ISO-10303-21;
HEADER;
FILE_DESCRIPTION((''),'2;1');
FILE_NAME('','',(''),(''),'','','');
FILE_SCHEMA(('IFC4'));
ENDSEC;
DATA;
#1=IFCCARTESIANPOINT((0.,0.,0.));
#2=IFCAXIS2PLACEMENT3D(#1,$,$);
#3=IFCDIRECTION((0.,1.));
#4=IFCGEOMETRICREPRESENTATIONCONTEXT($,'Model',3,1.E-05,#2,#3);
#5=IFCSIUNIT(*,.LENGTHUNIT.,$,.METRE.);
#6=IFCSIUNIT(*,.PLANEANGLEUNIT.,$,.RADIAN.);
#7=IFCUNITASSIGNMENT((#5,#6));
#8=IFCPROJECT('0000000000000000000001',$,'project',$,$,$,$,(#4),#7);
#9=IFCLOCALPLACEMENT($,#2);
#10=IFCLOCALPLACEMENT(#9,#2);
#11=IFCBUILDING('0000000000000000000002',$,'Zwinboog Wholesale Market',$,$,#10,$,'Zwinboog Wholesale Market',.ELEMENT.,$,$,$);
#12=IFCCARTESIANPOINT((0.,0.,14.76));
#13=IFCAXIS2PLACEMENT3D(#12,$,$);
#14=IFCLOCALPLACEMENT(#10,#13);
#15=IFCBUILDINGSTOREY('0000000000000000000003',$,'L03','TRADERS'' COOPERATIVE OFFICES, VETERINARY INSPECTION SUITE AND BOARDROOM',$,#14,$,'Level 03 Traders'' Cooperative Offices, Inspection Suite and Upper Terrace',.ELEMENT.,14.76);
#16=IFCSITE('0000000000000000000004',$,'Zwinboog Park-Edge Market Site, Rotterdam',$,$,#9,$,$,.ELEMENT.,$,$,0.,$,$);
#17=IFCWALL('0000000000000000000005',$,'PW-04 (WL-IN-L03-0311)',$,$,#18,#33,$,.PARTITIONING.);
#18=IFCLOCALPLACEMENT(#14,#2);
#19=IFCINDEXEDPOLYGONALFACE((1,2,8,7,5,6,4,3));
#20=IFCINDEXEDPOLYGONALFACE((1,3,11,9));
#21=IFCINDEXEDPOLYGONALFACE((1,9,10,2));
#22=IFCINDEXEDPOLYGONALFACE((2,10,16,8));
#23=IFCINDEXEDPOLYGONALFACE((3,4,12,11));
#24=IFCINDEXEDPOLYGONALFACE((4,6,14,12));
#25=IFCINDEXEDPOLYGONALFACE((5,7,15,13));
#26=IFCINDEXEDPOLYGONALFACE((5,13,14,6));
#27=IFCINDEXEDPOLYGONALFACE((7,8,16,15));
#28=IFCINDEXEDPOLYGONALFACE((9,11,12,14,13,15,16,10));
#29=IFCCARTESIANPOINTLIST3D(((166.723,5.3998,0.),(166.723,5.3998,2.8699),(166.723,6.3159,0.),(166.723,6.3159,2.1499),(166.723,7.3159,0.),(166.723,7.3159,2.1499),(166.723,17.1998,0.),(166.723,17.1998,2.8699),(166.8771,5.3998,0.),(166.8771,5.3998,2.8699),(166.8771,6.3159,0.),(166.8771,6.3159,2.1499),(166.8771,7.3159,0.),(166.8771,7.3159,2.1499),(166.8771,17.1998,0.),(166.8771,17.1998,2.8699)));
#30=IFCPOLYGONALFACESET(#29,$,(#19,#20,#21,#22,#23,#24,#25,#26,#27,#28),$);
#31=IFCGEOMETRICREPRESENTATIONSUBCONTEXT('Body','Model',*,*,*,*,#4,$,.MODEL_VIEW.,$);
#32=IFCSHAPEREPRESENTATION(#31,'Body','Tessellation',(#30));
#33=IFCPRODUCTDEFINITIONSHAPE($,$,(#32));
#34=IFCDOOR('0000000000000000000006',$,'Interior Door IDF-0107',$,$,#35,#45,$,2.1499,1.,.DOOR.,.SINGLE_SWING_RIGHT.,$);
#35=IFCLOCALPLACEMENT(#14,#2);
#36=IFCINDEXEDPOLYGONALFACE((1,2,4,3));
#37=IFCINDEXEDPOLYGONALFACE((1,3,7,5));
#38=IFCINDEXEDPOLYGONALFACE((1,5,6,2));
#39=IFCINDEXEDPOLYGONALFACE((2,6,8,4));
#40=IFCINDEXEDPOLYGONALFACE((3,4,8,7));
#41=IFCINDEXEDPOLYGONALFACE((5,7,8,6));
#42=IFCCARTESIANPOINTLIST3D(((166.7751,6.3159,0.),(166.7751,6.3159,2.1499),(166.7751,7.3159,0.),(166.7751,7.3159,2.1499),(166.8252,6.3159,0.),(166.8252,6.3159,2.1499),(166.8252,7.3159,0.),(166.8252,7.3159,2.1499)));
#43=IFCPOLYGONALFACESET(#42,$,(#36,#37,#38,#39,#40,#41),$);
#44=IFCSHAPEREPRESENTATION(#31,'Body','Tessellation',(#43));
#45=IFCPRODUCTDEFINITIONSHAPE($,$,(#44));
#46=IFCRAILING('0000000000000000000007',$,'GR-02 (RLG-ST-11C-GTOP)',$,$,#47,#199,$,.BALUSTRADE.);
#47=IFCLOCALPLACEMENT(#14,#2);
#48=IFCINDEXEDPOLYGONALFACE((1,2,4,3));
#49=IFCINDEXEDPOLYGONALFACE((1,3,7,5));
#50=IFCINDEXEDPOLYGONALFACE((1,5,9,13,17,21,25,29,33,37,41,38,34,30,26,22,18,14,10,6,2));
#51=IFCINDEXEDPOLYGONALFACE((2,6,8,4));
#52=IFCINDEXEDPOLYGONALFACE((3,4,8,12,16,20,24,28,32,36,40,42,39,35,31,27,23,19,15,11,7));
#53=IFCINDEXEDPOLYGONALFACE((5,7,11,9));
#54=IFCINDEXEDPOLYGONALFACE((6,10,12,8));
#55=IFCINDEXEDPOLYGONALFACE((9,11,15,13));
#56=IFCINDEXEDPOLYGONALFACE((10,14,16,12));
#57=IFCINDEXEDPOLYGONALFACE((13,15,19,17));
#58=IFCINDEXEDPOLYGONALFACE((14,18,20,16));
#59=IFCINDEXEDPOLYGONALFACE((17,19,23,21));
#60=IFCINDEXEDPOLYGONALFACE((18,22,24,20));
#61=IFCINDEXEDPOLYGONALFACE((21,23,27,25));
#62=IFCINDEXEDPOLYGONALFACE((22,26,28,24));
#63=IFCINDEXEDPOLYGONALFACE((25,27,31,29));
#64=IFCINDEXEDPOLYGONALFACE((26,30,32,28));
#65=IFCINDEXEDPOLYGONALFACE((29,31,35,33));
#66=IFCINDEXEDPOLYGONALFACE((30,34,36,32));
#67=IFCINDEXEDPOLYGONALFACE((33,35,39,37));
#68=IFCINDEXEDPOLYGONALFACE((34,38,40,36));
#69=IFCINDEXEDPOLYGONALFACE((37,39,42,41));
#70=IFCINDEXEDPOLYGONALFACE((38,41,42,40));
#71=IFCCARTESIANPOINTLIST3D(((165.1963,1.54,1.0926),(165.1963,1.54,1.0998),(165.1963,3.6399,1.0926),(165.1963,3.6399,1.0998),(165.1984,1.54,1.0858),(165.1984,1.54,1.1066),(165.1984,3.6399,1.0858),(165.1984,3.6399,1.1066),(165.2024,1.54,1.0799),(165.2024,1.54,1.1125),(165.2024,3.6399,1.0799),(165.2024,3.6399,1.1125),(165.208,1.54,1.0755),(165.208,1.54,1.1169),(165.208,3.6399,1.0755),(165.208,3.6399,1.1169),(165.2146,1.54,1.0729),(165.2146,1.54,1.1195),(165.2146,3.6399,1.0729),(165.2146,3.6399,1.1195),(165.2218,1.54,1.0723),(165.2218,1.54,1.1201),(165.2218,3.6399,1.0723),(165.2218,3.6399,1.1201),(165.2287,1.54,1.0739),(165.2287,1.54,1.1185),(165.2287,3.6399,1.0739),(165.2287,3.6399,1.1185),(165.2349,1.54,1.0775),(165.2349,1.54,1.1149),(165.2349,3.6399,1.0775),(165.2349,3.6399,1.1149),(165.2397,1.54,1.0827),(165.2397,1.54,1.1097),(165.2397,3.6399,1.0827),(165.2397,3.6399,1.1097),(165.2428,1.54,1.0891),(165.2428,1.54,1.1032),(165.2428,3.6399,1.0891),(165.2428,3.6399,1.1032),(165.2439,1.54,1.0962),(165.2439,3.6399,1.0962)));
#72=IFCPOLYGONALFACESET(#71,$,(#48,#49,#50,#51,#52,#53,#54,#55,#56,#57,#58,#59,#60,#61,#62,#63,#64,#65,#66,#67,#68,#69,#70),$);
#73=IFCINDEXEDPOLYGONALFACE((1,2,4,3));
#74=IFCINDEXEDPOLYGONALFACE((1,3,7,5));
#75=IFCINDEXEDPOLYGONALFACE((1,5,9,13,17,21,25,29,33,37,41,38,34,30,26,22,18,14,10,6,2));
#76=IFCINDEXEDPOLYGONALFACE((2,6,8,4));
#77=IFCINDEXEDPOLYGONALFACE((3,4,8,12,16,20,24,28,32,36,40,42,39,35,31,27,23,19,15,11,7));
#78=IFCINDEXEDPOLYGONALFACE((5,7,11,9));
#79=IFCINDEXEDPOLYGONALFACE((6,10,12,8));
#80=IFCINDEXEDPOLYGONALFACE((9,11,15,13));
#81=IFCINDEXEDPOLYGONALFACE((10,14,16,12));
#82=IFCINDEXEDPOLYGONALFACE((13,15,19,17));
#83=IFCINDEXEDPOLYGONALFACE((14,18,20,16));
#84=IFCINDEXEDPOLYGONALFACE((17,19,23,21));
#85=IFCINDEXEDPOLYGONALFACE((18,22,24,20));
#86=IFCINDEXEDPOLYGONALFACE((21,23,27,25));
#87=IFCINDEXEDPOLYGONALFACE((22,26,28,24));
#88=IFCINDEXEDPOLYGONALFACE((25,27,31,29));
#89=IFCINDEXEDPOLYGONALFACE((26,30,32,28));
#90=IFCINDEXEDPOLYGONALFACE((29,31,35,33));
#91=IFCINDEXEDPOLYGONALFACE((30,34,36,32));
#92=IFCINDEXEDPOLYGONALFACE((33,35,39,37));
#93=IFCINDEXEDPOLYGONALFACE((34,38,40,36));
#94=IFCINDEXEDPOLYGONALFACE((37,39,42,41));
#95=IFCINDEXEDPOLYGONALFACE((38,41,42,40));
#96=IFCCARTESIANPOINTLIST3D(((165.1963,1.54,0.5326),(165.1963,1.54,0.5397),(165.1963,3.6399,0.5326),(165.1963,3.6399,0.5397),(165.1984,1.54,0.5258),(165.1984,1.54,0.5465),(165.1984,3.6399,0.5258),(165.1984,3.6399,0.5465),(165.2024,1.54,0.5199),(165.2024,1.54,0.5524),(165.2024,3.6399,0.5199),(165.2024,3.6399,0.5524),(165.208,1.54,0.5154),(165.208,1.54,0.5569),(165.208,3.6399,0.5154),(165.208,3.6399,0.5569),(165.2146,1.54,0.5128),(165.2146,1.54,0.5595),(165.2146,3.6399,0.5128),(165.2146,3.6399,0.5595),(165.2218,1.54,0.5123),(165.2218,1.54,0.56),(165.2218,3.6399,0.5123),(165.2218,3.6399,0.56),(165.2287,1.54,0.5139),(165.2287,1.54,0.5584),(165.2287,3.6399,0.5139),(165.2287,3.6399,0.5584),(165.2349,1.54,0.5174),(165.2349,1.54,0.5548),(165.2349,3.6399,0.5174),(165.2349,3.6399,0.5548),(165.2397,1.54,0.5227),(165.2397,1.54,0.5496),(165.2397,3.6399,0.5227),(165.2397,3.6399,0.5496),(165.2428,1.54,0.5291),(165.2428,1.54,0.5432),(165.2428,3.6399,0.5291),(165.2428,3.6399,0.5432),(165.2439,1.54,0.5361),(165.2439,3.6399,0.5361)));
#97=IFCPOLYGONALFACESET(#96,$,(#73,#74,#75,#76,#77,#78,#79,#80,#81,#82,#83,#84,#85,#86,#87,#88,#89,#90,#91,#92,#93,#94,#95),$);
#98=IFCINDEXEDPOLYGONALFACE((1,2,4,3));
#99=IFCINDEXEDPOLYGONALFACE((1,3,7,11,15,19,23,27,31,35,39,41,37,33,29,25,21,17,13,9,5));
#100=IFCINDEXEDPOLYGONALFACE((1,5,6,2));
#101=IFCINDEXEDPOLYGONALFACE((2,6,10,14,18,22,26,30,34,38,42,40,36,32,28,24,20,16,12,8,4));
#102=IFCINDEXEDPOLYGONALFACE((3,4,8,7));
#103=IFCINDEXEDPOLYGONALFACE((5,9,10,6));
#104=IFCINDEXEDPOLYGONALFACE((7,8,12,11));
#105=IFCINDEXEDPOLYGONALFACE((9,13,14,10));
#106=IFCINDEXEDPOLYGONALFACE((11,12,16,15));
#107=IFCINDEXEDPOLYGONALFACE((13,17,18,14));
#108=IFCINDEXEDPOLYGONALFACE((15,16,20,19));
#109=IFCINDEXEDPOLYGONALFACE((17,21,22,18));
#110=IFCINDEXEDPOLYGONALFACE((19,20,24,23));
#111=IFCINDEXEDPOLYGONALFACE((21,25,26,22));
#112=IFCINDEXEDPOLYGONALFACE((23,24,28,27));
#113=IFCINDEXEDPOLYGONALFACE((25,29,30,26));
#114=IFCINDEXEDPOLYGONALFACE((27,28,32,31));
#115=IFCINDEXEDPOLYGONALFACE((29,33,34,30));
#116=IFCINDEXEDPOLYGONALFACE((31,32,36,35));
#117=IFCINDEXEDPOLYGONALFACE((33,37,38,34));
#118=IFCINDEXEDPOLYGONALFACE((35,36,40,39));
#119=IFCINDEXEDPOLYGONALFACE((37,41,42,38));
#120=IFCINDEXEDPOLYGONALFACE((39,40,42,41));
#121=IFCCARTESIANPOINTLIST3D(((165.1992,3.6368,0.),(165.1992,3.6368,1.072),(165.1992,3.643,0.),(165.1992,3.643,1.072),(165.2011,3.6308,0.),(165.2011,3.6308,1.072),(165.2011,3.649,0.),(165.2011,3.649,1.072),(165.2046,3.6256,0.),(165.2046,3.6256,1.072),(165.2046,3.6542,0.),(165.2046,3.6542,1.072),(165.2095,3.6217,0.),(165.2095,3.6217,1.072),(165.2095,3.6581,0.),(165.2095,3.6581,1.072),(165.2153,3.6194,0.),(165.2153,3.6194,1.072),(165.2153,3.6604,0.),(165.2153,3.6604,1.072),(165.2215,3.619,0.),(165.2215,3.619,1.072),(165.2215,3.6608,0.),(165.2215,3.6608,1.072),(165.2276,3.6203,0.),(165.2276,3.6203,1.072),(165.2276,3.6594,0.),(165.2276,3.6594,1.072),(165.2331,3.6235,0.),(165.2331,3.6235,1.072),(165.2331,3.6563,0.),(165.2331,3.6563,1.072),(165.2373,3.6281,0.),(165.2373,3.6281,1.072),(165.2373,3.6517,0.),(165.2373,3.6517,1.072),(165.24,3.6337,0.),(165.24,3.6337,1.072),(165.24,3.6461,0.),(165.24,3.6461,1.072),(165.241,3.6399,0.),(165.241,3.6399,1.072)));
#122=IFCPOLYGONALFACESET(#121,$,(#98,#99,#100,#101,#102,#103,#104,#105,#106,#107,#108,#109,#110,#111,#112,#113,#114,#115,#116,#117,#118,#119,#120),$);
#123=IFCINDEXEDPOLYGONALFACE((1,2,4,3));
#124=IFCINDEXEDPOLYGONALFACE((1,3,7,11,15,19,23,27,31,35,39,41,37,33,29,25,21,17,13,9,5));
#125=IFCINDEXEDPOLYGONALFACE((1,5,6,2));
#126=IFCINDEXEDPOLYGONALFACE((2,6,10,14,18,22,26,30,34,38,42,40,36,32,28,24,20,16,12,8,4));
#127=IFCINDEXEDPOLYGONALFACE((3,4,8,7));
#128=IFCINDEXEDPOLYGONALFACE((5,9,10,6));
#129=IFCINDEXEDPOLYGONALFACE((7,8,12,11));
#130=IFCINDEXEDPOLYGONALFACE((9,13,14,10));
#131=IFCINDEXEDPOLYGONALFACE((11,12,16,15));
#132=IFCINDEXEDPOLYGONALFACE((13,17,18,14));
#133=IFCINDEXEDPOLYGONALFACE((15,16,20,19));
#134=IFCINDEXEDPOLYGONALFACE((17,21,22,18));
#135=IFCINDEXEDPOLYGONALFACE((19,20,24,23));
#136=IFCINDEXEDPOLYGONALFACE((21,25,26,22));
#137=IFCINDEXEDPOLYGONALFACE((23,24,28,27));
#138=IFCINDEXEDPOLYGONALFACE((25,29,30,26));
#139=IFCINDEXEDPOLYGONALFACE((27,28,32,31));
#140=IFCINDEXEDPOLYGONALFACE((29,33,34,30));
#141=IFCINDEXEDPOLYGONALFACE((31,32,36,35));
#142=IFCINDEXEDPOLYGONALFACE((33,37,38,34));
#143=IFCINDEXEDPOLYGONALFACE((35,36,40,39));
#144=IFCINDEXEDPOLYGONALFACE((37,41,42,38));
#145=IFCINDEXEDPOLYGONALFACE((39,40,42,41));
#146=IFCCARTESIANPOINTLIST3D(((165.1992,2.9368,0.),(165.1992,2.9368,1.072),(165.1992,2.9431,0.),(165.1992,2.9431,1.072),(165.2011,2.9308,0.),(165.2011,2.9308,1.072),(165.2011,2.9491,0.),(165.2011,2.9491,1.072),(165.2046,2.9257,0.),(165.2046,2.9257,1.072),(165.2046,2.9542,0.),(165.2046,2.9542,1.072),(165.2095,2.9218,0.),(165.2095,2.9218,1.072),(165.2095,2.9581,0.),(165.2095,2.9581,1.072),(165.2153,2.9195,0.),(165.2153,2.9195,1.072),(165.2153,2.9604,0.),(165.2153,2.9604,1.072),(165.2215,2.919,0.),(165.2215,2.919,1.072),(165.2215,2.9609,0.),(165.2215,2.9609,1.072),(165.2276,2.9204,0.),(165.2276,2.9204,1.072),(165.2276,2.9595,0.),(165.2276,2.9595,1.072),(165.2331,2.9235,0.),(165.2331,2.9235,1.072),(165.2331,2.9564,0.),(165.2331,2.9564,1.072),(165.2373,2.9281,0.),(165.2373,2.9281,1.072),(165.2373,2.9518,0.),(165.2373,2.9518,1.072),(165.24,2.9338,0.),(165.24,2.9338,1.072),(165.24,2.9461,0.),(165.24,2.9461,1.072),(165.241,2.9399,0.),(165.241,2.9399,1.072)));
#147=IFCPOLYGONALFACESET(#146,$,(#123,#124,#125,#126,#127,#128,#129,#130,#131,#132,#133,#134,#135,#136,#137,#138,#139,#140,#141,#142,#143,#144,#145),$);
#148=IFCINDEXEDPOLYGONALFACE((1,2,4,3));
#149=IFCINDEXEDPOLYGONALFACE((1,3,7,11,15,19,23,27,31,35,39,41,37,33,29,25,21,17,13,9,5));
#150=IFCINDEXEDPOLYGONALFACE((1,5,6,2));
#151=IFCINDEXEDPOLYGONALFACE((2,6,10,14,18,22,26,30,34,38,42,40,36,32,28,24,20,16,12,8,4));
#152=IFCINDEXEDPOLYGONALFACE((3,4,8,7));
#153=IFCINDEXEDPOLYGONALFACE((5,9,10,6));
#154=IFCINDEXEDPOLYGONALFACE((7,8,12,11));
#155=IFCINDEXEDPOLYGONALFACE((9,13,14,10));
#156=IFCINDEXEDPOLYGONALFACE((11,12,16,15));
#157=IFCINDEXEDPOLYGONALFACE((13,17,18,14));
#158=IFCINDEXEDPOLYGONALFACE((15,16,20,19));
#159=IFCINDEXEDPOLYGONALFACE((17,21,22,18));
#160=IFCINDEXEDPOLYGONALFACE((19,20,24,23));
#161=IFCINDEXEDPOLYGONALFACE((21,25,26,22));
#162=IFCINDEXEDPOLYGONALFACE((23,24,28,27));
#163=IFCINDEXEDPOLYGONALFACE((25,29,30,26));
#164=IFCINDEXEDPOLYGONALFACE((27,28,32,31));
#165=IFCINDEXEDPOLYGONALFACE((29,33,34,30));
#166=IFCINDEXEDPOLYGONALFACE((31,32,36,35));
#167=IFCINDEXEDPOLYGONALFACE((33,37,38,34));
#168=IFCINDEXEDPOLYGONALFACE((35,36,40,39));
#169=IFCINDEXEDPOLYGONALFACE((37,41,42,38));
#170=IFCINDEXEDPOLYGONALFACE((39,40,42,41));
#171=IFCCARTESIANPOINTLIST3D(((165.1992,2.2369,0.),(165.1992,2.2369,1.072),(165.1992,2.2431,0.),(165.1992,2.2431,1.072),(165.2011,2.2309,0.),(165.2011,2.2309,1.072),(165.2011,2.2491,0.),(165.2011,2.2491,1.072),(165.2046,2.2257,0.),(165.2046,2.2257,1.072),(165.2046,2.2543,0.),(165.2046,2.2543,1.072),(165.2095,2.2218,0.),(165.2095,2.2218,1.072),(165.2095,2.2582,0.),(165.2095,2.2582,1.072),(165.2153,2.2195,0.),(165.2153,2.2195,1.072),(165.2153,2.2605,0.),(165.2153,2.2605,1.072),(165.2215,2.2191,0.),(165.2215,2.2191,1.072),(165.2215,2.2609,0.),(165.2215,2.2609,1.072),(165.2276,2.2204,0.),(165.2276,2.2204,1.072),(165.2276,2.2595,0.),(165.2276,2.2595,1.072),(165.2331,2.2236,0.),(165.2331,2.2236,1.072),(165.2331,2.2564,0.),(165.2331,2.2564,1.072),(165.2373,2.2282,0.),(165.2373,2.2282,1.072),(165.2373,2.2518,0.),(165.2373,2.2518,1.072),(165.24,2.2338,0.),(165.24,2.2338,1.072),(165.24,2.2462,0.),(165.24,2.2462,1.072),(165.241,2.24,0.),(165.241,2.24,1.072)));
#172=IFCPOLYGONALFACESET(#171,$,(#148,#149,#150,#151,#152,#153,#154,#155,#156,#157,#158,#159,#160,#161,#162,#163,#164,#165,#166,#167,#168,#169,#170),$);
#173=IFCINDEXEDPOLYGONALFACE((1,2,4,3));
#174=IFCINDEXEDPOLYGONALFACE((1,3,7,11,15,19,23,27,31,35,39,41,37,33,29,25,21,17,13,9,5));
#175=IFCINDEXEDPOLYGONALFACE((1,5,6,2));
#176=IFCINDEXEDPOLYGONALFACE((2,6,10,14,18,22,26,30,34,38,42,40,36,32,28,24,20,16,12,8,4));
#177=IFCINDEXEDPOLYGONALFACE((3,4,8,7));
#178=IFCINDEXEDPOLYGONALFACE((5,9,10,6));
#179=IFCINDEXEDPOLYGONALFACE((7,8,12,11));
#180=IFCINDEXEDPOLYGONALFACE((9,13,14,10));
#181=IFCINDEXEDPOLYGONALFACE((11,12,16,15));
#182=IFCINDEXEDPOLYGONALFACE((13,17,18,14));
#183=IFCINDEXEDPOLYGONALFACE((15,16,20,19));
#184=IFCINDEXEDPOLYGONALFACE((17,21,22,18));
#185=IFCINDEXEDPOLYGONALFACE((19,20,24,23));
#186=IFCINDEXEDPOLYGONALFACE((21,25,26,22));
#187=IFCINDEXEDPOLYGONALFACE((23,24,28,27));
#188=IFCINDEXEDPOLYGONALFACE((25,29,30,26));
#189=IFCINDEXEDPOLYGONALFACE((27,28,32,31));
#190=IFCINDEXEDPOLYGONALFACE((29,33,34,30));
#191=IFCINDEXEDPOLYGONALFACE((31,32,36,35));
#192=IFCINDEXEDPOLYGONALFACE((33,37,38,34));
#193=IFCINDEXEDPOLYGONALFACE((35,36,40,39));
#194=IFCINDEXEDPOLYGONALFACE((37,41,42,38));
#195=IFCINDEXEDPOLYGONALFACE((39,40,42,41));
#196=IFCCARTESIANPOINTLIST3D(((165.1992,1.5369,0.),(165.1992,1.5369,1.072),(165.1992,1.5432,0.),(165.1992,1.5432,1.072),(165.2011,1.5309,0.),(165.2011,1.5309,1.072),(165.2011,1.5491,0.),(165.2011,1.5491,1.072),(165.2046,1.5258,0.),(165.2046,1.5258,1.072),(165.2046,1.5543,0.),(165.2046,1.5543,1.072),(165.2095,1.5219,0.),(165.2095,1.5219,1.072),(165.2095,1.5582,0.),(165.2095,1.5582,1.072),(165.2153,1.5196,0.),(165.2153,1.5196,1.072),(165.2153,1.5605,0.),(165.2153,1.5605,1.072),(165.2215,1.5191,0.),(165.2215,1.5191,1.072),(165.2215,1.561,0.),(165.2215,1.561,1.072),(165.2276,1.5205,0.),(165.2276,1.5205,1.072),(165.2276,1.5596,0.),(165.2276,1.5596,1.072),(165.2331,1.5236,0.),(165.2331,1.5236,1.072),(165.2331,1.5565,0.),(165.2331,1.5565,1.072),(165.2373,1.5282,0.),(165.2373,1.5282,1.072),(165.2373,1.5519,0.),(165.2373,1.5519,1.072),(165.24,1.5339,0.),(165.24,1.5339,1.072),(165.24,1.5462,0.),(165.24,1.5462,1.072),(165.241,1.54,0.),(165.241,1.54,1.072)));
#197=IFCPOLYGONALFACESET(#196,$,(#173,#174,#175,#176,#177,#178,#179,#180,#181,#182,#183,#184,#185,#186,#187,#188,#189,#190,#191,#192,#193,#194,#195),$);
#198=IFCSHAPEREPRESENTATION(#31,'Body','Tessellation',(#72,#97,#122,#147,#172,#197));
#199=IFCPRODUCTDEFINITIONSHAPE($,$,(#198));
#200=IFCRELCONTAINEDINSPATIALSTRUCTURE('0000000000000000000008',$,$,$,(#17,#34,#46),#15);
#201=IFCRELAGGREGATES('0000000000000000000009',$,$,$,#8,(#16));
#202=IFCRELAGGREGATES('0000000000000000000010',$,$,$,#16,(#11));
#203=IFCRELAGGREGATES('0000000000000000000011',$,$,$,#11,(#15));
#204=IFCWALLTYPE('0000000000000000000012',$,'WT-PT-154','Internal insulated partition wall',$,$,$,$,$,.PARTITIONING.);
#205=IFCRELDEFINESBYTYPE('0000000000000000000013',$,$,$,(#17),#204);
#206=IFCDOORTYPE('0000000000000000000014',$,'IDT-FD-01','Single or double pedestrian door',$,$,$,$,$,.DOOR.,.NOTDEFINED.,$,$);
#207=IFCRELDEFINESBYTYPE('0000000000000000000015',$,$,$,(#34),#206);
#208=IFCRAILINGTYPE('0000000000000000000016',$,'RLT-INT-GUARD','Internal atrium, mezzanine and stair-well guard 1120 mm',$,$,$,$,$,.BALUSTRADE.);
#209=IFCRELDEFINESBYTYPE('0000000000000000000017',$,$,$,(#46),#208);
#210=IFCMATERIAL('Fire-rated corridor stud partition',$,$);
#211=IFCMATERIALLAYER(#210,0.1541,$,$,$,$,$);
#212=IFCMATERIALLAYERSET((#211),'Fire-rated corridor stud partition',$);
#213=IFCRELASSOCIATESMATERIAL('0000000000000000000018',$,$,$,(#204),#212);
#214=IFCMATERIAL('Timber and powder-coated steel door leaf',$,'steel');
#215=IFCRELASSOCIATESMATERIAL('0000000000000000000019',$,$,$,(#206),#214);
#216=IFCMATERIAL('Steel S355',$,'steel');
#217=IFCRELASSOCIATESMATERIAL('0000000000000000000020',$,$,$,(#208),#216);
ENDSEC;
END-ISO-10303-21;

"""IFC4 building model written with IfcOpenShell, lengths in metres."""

from ifc_helpers import new_model, si_unit, direction, frame, frame_2d, origin, origin_2d, place, context, subcontext, project, spatial, rectangle, circle, extrude, material, layer, layer_set, type_object, element, fill, save


model = new_model("IFC4")

# Units and contexts
model_context = context("Model", 3, precision=1e-05, world=origin(), true_north=direction((0.0, 1.0)))
body_context = subcontext(model_context, "Body", "Model", "MODEL_VIEW")
ifc_project = project(units=[si_unit("LENGTHUNIT", "METRE"), si_unit("PLANEANGLEUNIT", "RADIAN")], contexts=[model_context])

# Site, building, storey
site_placement = place(None, origin())
site = spatial("IfcSite", under=ifc_project, at=site_placement, Name="Zwinboog Park-Edge Market Site, Rotterdam", CompositionType="ELEMENT", RefElevation=0.0)
building_placement = place(site_placement, origin())
building = spatial("IfcBuilding", under=site, at=building_placement, Name="Zwinboog Wholesale Market", LongName="Zwinboog Wholesale Market", CompositionType="ELEMENT")
storey_placement = place(building_placement, frame((0.0, 0.0, 14.76)))
storey = spatial("IfcBuildingStorey", under=building, at=storey_placement, Name="L03", Description="TRADERS' COOPERATIVE OFFICES, VETERINARY INSPECTION SUITE AND BOARDROOM", LongName="Level 03 Traders' Cooperative Offices, Inspection Suite and Upper Terrace", CompositionType="ELEMENT", Elevation=14.76)

# Wall, opening, door
ifc_material_1 = material(Name="Fire-rated corridor stud partition")
ifc_layer_1 = layer(ifc_material_1, 0.1541)
ifc_layer_set_1 = layer_set([ifc_layer_1], Name="Fire-rated corridor stud partition")
wall_type_1 = type_object("IfcWallType", Name="WT-PT-154", Description="Internal insulated partition wall", PredefinedType="PARTITIONING", material=ifc_layer_set_1)
wall_1_placement = place(storey_placement, frame((166.8, 5.3999, 0.0), z_axis=(0.0, 0.0, 1.0), x_axis=(0.0, 1.0, 0.0)))
wall_1 = element("IfcWall", 1, at=wall_1_placement, inside=storey, type_object=wall_type_1, Name="PW-04 (WL-IN-L03-0311)", PredefinedType="PARTITIONING", context=body_context, shape_type="SweptSolid", body=[
    extrude(rectangle(XDim=11.8, YDim=0.1541, at=frame_2d((5.8999, 0.0))), origin(), (0.0, 0.0, 1.0), 2.8699),
])
opening_placement = place(wall_1_placement, frame((0.916, 0.0, 0.0)))
opening = element("IfcOpeningElement", 2, at=opening_placement, cuts=wall_1, PredefinedType="OPENING", context=body_context, shape_type="SweptSolid", body=[
    extrude(rectangle(XDim=1.0, YDim=2.1499, at=frame_2d((0.5, 1.075))), frame((0.0, 0.0869, 0.0), z_axis=(0.0, -1.0, 0.0), x_axis=(1.0, 0.0, 0.0)), (0.0, 0.0, 1.0), 0.1741),
])
ifc_material_2 = material(Name="Timber and powder-coated steel door leaf", Category="steel")
door_type = type_object("IfcDoorType", Name="IDT-FD-01", Description="Single or double pedestrian door", OperationType="NOTDEFINED", PredefinedType="DOOR", material=ifc_material_2)
door_placement = place(opening_placement, origin())
door = element("IfcDoor", 3, at=door_placement, inside=storey, type_object=door_type, Name="Interior Door IDF-0107", OperationType="SINGLE_SWING_RIGHT", OverallHeight=2.1499, OverallWidth=1.0, PredefinedType="DOOR", context=body_context, shape_type="SweptSolid", body=[
    extrude(rectangle(XDim=1.0, YDim=2.1499, at=frame_2d((0.5, 1.075))), frame((0.0, 0.0249, 0.0), z_axis=(0.0, -1.0, 0.0), x_axis=(1.0, 0.0, 0.0)), (0.0, 0.0, 1.0), 0.05),
])
fill(opening, door)

# Railing
ifc_material_3 = material(Name="Steel S355", Category="steel")
railing_type = type_object("IfcRailingType", Name="RLT-INT-GUARD", Description="Internal atrium, mezzanine and stair-well guard 1120 mm", PredefinedType="BALUSTRADE", material=ifc_material_3)
railing_placement = place(storey_placement, frame((165.22, 3.6399, 0.0)))
element("IfcRailing", 4, at=railing_placement, inside=storey, type_object=railing_type, Name="GR-02 (RLG-ST-11C-GTOP)", PredefinedType="BALUSTRADE", context=body_context, shape_type="SweptSolid", body=[
    extrude(circle(Radius=0.0239, at=origin_2d()), frame((0.0, 0.0, 1.0962), z_axis=(0.0, -1.0, 0.0), x_axis=(1.0, 0.0, 0.0)), (0.0, 0.0, 1.0), 2.0999),
    extrude(circle(Radius=0.0239, at=origin_2d()), frame((0.0, 0.0, 0.5361), z_axis=(0.0, -1.0, 0.0), x_axis=(1.0, 0.0, 0.0)), (0.0, 0.0, 1.0), 2.0999),
    extrude(circle(Radius=0.021, at=origin_2d()), origin(), (0.0, 0.0, 1.0), 1.072),
    extrude(circle(Radius=0.021, at=origin_2d()), frame((0.0, -0.7, 0.0)), (0.0, 0.0, 1.0), 1.072),
    extrude(circle(Radius=0.021, at=origin_2d()), frame((0.0, -1.3999, 0.0)), (0.0, 0.0, 1.0), 1.072),
    extrude(circle(Radius=0.021, at=origin_2d()), frame((0.0, -2.0999, 0.0)), (0.0, 0.0, 1.0), 1.072),
])

save(model, "model.ifc")
